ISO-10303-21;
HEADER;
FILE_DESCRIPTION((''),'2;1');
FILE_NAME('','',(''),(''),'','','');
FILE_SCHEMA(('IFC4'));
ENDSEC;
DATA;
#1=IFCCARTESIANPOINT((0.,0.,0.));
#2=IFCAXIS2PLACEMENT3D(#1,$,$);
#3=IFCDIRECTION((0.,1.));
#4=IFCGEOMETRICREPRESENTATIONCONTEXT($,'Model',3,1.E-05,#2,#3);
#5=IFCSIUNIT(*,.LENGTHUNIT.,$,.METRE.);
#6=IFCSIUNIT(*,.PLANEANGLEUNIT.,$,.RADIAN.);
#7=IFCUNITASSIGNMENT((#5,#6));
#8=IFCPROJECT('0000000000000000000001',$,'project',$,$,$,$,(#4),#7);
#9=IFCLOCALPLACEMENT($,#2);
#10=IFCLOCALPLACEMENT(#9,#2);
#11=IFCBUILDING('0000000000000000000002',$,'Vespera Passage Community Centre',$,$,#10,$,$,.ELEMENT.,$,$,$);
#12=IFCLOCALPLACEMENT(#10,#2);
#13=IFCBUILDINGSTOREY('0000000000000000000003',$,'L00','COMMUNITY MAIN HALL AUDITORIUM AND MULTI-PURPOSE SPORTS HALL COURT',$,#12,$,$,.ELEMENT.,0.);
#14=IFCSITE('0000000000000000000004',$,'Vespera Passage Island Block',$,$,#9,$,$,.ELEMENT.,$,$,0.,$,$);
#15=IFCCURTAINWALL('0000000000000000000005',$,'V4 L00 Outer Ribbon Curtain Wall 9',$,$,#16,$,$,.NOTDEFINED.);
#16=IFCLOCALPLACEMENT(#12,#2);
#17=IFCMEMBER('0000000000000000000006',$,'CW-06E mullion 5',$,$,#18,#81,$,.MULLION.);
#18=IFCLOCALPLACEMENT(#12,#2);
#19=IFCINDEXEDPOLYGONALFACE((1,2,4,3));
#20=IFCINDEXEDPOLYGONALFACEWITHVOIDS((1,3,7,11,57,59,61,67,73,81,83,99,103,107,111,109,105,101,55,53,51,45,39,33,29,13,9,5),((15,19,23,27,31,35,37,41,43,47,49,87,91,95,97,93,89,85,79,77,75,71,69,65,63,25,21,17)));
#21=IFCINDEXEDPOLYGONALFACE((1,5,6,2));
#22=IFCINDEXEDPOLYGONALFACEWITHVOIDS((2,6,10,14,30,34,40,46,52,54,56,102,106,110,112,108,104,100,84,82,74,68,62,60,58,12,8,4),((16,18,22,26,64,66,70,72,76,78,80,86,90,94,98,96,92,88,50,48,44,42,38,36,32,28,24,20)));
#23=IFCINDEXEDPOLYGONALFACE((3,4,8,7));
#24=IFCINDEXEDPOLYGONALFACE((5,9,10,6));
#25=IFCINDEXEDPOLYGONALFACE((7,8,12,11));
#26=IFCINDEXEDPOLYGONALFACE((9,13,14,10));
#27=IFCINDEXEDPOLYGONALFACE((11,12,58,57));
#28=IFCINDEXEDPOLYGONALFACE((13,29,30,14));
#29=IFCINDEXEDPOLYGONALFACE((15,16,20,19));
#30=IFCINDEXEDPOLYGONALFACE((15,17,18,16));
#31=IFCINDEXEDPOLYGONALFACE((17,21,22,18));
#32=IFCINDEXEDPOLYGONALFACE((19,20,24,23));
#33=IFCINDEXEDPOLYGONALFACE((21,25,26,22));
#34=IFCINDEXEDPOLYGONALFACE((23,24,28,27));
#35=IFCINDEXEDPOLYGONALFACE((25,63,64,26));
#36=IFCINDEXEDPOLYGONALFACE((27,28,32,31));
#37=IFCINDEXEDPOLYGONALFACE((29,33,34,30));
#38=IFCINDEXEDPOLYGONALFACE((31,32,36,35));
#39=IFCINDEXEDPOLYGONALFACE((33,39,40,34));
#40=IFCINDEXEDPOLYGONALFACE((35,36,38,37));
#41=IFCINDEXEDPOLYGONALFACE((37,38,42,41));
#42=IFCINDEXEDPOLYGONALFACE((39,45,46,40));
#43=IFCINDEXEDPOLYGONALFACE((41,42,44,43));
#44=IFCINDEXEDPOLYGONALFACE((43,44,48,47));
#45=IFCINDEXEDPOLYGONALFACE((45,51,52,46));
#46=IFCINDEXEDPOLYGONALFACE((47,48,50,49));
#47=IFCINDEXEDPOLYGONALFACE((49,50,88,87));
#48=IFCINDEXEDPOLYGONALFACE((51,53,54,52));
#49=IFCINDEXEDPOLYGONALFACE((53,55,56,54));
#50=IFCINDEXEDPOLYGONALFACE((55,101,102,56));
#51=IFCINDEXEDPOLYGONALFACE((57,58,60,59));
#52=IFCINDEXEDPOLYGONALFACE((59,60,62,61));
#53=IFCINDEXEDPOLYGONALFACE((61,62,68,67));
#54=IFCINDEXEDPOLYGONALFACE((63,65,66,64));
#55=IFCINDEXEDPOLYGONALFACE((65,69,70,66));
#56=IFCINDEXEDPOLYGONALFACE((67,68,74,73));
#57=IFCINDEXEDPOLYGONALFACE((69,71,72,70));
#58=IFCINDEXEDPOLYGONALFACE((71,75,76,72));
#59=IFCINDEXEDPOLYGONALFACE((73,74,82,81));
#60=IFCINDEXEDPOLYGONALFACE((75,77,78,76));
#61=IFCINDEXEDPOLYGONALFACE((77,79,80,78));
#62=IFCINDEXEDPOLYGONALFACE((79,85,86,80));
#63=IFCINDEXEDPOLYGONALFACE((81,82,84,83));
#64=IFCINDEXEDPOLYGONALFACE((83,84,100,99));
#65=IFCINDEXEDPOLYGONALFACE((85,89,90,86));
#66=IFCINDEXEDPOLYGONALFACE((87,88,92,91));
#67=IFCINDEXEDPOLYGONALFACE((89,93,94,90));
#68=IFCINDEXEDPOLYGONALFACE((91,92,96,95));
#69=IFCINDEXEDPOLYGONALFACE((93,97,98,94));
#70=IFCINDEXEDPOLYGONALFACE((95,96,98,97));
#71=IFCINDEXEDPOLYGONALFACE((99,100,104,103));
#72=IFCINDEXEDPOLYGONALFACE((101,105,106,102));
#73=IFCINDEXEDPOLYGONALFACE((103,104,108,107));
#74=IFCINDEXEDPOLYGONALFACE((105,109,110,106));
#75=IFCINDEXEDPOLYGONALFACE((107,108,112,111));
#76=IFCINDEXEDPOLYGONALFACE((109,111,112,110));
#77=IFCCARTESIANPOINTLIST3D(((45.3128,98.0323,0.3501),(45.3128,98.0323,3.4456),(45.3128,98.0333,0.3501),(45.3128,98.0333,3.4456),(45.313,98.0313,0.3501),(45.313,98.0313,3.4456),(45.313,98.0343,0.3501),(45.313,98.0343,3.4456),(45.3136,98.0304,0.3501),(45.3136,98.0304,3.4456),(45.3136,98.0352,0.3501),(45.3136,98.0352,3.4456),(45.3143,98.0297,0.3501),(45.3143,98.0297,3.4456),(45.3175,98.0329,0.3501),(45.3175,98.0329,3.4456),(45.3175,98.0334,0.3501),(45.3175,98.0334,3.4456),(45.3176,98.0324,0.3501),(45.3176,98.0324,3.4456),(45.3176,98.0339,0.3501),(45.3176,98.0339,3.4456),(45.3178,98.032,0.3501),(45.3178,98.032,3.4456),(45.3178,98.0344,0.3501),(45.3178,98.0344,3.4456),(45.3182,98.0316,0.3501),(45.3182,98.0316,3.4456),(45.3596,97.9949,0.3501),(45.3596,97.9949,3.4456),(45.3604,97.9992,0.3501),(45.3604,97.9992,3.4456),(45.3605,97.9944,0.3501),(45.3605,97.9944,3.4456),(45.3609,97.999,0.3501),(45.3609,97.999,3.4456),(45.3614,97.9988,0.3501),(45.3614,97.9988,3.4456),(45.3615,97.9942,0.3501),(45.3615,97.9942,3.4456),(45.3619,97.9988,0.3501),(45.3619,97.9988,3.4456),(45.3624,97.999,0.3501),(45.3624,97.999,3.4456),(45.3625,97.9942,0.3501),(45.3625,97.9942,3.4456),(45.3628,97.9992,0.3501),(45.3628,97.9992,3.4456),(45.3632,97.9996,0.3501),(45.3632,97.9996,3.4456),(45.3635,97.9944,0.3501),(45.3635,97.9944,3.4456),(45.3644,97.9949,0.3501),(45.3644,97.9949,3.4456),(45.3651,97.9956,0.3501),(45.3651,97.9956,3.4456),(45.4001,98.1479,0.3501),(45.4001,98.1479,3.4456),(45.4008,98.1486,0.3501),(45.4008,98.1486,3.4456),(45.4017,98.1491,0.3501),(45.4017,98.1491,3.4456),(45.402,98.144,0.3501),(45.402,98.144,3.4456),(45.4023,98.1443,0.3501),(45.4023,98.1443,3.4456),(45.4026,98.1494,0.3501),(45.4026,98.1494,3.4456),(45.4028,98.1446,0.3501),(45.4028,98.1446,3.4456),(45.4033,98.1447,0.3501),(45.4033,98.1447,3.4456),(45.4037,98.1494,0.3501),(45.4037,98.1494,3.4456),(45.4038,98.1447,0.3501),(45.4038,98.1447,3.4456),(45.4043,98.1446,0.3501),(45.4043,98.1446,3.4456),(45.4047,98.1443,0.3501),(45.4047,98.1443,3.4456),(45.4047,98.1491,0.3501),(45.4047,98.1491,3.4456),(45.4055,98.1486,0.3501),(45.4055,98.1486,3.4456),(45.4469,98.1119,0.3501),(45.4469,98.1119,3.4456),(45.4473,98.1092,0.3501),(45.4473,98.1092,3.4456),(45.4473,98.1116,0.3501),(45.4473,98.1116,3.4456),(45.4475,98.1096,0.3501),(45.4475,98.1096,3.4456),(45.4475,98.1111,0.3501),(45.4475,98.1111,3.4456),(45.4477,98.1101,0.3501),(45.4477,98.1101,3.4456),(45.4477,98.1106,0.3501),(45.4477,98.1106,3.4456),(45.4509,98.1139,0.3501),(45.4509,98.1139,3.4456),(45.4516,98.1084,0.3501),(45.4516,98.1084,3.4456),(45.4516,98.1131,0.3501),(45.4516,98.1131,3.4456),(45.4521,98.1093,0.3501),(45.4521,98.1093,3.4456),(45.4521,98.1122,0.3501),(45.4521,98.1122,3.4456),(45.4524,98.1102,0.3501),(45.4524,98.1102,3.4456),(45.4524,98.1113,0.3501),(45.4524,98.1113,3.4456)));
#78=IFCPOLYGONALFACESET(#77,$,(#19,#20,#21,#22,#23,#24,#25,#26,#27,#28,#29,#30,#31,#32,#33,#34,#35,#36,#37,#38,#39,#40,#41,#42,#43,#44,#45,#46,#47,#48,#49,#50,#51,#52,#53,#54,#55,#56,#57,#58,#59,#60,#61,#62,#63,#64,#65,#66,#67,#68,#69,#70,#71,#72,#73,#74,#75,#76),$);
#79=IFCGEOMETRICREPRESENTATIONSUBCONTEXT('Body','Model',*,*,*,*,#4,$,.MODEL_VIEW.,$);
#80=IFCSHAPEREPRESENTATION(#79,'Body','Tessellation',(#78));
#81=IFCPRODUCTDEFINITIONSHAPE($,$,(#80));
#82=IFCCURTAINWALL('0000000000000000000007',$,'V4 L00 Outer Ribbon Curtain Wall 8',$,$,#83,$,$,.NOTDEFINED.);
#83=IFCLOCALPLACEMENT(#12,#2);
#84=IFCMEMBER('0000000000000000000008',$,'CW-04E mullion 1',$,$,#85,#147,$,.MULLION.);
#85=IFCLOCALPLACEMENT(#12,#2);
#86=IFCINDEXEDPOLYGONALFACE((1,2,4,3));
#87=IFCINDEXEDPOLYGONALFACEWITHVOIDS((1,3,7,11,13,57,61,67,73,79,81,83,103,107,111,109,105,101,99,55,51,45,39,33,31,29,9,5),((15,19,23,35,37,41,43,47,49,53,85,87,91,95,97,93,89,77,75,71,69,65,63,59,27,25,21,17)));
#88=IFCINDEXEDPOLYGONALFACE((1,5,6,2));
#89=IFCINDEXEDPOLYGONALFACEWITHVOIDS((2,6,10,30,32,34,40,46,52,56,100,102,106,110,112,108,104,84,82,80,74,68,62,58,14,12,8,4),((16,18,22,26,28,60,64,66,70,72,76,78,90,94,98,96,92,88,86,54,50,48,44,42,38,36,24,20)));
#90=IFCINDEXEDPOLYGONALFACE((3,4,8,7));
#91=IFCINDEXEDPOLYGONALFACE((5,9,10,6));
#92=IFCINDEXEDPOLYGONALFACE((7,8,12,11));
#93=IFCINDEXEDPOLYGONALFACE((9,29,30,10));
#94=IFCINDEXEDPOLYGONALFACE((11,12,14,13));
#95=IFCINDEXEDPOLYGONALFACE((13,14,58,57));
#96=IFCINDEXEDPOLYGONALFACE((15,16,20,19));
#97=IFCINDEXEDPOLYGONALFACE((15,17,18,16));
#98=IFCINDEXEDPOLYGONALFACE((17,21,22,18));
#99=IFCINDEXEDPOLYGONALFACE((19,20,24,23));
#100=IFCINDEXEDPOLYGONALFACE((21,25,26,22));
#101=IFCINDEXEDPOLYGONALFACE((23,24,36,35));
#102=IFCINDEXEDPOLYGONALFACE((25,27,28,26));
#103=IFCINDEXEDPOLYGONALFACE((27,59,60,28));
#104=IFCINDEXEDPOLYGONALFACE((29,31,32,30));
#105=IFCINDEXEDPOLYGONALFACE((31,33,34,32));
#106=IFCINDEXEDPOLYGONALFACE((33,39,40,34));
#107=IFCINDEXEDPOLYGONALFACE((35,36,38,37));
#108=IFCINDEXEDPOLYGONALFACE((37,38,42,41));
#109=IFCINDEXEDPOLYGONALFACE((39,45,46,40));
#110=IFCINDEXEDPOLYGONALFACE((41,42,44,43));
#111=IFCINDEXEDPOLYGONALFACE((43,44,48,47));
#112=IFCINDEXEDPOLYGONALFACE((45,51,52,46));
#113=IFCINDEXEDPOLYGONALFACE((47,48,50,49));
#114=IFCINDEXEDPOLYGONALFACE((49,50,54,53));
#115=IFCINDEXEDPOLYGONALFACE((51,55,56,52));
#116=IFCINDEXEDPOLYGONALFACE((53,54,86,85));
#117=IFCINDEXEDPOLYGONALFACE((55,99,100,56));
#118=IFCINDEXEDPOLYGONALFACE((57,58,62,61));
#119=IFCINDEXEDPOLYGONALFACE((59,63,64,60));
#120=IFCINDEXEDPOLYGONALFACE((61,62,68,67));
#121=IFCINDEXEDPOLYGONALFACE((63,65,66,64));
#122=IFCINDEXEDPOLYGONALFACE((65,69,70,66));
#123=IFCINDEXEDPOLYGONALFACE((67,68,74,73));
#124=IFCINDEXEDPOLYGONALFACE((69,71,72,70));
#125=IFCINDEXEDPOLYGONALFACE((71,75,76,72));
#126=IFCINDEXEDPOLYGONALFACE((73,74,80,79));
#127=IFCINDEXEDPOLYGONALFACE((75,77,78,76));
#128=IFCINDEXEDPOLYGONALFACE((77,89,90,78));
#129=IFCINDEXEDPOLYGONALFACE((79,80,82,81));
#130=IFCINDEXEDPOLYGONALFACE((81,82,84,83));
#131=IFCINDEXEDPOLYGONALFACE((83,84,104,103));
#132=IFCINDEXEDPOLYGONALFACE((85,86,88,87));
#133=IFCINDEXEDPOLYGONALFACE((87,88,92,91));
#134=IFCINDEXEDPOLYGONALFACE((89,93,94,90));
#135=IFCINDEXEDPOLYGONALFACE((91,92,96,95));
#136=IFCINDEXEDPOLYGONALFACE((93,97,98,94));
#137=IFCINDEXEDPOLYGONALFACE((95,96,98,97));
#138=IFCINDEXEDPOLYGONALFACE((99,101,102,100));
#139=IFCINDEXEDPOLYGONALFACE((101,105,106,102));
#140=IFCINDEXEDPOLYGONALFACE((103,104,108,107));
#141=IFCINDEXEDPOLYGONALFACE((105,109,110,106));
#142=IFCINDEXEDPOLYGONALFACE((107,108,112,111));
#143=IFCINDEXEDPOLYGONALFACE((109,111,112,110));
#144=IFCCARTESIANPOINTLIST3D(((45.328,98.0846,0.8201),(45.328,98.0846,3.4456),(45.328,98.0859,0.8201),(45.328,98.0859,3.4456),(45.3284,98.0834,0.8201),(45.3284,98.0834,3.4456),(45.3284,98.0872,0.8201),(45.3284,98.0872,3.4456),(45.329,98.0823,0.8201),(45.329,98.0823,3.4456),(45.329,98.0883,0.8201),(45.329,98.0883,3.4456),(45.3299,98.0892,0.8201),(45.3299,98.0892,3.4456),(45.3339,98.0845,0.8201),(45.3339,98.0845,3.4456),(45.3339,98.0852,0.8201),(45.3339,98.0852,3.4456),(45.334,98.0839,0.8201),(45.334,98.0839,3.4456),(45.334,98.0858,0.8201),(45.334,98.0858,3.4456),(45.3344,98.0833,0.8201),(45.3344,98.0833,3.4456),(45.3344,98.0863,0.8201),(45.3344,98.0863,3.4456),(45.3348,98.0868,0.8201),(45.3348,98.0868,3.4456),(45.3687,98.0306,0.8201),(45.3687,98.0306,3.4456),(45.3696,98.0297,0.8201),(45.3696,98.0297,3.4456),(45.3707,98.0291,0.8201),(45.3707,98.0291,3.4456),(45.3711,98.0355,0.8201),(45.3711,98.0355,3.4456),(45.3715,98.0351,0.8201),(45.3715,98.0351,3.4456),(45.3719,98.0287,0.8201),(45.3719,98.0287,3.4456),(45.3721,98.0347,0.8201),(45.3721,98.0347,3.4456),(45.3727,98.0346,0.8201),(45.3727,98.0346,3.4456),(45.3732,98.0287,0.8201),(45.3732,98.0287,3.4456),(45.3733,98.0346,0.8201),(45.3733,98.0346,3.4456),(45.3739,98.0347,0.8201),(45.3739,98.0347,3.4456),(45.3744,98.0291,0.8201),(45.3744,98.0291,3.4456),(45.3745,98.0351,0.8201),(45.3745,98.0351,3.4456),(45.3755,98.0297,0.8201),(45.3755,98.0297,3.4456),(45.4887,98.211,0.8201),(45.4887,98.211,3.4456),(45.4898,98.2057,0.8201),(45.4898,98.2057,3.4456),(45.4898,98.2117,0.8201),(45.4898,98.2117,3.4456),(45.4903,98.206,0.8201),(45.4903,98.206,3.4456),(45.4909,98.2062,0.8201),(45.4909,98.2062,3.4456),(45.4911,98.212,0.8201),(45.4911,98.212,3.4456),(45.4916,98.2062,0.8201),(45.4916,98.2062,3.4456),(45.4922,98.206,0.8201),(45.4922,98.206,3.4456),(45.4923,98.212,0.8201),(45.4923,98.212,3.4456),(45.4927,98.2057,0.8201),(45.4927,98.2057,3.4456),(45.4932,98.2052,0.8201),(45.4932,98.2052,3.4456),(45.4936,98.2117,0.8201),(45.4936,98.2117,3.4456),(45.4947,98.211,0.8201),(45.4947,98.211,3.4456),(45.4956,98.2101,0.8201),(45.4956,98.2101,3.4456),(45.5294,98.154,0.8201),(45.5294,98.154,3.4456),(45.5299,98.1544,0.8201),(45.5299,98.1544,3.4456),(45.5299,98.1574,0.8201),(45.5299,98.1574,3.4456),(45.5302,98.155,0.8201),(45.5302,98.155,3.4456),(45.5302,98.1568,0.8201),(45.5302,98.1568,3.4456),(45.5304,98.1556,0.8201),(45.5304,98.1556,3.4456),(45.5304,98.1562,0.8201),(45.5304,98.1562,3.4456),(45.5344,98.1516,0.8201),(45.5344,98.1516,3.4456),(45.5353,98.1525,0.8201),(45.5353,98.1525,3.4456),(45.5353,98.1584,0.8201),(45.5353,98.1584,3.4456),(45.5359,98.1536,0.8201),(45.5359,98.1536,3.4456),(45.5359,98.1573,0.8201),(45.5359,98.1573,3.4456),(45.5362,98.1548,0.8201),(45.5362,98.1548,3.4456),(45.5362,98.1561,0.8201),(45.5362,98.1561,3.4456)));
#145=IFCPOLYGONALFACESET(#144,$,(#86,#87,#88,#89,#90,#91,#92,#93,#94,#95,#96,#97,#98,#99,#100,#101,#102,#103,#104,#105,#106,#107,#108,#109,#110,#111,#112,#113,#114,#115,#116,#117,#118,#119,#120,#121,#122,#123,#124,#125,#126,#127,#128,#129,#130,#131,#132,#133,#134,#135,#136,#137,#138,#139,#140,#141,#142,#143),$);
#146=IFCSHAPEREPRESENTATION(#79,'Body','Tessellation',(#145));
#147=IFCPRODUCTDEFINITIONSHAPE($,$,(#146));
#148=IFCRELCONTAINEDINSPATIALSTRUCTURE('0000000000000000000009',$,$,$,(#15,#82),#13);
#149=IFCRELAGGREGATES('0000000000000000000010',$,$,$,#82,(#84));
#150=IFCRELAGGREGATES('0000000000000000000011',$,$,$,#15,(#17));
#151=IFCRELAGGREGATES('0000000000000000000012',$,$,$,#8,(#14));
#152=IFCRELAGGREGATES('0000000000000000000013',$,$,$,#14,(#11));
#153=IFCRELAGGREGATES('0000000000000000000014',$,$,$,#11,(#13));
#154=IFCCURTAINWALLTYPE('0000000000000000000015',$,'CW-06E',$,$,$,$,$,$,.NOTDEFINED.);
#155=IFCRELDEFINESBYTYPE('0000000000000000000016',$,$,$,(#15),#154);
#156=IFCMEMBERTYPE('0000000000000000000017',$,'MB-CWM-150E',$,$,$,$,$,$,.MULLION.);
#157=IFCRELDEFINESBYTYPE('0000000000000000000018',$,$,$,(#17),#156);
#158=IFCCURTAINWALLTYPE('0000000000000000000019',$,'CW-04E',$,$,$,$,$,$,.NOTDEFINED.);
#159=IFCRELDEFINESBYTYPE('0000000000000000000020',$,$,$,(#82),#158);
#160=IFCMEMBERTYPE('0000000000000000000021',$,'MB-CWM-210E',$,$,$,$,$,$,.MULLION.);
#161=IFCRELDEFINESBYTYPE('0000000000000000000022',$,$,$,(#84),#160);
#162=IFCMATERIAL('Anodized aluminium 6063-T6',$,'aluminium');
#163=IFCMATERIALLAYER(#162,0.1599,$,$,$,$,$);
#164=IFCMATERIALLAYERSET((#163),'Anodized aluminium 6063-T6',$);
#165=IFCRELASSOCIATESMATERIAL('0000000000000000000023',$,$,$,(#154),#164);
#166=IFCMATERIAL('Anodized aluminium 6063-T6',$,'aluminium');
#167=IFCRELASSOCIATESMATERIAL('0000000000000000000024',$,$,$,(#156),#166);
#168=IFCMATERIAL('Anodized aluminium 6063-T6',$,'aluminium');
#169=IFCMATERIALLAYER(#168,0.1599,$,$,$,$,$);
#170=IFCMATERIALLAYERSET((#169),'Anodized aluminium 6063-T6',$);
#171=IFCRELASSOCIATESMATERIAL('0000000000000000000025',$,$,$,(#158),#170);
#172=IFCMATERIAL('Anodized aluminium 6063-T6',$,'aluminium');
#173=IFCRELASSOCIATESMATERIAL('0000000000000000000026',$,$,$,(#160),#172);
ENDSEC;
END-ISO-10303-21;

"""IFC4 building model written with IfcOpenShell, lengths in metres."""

from ifc_helpers import new_model, si_unit, direction, frame, origin, origin_2d, place, context, subcontext, project, spatial, hollow_rectangle, extrude, material, layer, layer_set, material_profile, profile_set, type_object, element, aggregate, save


model = new_model("IFC4")

# Units and contexts
model_context = context("Model", 3, precision=1e-05, world=origin(), true_north=direction((0.0, 1.0)))
body_context = subcontext(model_context, "Body", "Model", "MODEL_VIEW")
ifc_project = project(units=[si_unit("LENGTHUNIT", "METRE"), si_unit("PLANEANGLEUNIT", "RADIAN")], contexts=[model_context])

# Site, building, storey
site_placement = place(None, origin())
site = spatial("IfcSite", under=ifc_project, at=site_placement, Name="Vespera Passage Island Block", CompositionType="ELEMENT", RefElevation=0.0)
building_placement = place(site_placement, origin())
building = spatial("IfcBuilding", under=site, at=building_placement, Name="Vespera Passage Community Centre", CompositionType="ELEMENT")
storey_placement = place(building_placement, origin())
storey = spatial("IfcBuildingStorey", under=building, at=storey_placement, Name="L00", Description="COMMUNITY MAIN HALL AUDITORIUM AND MULTI-PURPOSE SPORTS HALL COURT", CompositionType="ELEMENT", Elevation=0.0)

# Curtain wall, member
ifc_material_1 = material(Name="Anodized aluminium 6063-T6", Category="aluminium")
ifc_layer_1 = layer(ifc_material_1, 0.1599)
ifc_layer_set_1 = layer_set([ifc_layer_1], Name="Anodized aluminium 6063-T6")
curtain_wall_type_1 = type_object("IfcCurtainWallType", Name="CW-06E", PredefinedType="NOTDEFINED", material=ifc_layer_set_1)
curtain_wall_1_placement = place(storey_placement, origin())
curtain_wall_1 = element("IfcCurtainWall", 1, at=curtain_wall_1_placement, inside=storey, type_object=curtain_wall_type_1, Name="V4 L00 Outer Ribbon Curtain Wall 9", PredefinedType="NOTDEFINED")
ifc_material_2 = material(Name="Anodized aluminium 6063-T6", Category="aluminium")
ifc_material_profile_1 = material_profile(ifc_material_2, hollow_rectangle(XDim=0.0649, YDim=0.1499, WallThickness=0.0039, InnerFilletRadius=0.002, OuterFilletRadius=0.0039, at=origin_2d()), Name="ALU150X65X4")
ifc_profile_set_1 = profile_set([ifc_material_profile_1], Name="Anodized aluminium 6063-T6")
member_type_1 = type_object("IfcMemberType", Name="MB-CWM-150E", PredefinedType="MULLION", material=ifc_profile_set_1)
member_1_placement = place(storey_placement, frame((45.3826, 98.0718, 0.3501), z_axis=(0.0, 0.0, 1.0), x_axis=(-0.79335, 0.608765, 0.0)))
member_1 = element("IfcMember", 2, at=member_1_placement, type_object=member_type_1, Name="CW-06E mullion 5", PredefinedType="MULLION", context=body_context, shape_type="SweptSolid", body=[
    extrude(hollow_rectangle(XDim=0.0649, YDim=0.1499, WallThickness=0.0039, InnerFilletRadius=0.002, OuterFilletRadius=0.0039, at=origin_2d()), origin(), (0.0, 0.0, 1.0), 3.0955),
])

# Curtain wall, member
ifc_material_3 = material(Name="Anodized aluminium 6063-T6", Category="aluminium")
ifc_layer_2 = layer(ifc_material_3, 0.1599)
ifc_layer_set_2 = layer_set([ifc_layer_2], Name="Anodized aluminium 6063-T6")
curtain_wall_type_2 = type_object("IfcCurtainWallType", Name="CW-04E", PredefinedType="NOTDEFINED", material=ifc_layer_set_2)
curtain_wall_2_placement = place(storey_placement, origin())
curtain_wall_2 = element("IfcCurtainWall", 3, at=curtain_wall_2_placement, inside=storey, type_object=curtain_wall_type_2, Name="V4 L00 Outer Ribbon Curtain Wall 8", PredefinedType="NOTDEFINED")
ifc_material_4 = material(Name="Anodized aluminium 6063-T6", Category="aluminium")
ifc_material_profile_2 = material_profile(ifc_material_4, hollow_rectangle(XDim=0.075, YDim=0.21, WallThickness=0.0049, InnerFilletRadius=0.0024, OuterFilletRadius=0.0049, at=origin_2d()), Name="ALU210X75X5")
ifc_profile_set_2 = profile_set([ifc_material_profile_2], Name="Anodized aluminium 6063-T6")
member_type_2 = type_object("IfcMemberType", Name="MB-CWM-210E", PredefinedType="MULLION", material=ifc_profile_set_2)
member_2_placement = place(storey_placement, frame((45.4321, 98.1204, 0.8201), z_axis=(0.0, 0.0, 1.0), x_axis=(-0.608768, 0.793348, 0.0)))
member_2 = element("IfcMember", 4, at=member_2_placement, type_object=member_type_2, Name="CW-04E mullion 1", PredefinedType="MULLION", context=body_context, shape_type="SweptSolid", body=[
    extrude(hollow_rectangle(XDim=0.075, YDim=0.21, WallThickness=0.0049, InnerFilletRadius=0.0024, OuterFilletRadius=0.0049, at=origin_2d()), origin(), (0.0, 0.0, 1.0), 2.6255),
])

aggregate(curtain_wall_2, [member_2])

aggregate(curtain_wall_1, [member_1])

save(model, "model.ifc")
